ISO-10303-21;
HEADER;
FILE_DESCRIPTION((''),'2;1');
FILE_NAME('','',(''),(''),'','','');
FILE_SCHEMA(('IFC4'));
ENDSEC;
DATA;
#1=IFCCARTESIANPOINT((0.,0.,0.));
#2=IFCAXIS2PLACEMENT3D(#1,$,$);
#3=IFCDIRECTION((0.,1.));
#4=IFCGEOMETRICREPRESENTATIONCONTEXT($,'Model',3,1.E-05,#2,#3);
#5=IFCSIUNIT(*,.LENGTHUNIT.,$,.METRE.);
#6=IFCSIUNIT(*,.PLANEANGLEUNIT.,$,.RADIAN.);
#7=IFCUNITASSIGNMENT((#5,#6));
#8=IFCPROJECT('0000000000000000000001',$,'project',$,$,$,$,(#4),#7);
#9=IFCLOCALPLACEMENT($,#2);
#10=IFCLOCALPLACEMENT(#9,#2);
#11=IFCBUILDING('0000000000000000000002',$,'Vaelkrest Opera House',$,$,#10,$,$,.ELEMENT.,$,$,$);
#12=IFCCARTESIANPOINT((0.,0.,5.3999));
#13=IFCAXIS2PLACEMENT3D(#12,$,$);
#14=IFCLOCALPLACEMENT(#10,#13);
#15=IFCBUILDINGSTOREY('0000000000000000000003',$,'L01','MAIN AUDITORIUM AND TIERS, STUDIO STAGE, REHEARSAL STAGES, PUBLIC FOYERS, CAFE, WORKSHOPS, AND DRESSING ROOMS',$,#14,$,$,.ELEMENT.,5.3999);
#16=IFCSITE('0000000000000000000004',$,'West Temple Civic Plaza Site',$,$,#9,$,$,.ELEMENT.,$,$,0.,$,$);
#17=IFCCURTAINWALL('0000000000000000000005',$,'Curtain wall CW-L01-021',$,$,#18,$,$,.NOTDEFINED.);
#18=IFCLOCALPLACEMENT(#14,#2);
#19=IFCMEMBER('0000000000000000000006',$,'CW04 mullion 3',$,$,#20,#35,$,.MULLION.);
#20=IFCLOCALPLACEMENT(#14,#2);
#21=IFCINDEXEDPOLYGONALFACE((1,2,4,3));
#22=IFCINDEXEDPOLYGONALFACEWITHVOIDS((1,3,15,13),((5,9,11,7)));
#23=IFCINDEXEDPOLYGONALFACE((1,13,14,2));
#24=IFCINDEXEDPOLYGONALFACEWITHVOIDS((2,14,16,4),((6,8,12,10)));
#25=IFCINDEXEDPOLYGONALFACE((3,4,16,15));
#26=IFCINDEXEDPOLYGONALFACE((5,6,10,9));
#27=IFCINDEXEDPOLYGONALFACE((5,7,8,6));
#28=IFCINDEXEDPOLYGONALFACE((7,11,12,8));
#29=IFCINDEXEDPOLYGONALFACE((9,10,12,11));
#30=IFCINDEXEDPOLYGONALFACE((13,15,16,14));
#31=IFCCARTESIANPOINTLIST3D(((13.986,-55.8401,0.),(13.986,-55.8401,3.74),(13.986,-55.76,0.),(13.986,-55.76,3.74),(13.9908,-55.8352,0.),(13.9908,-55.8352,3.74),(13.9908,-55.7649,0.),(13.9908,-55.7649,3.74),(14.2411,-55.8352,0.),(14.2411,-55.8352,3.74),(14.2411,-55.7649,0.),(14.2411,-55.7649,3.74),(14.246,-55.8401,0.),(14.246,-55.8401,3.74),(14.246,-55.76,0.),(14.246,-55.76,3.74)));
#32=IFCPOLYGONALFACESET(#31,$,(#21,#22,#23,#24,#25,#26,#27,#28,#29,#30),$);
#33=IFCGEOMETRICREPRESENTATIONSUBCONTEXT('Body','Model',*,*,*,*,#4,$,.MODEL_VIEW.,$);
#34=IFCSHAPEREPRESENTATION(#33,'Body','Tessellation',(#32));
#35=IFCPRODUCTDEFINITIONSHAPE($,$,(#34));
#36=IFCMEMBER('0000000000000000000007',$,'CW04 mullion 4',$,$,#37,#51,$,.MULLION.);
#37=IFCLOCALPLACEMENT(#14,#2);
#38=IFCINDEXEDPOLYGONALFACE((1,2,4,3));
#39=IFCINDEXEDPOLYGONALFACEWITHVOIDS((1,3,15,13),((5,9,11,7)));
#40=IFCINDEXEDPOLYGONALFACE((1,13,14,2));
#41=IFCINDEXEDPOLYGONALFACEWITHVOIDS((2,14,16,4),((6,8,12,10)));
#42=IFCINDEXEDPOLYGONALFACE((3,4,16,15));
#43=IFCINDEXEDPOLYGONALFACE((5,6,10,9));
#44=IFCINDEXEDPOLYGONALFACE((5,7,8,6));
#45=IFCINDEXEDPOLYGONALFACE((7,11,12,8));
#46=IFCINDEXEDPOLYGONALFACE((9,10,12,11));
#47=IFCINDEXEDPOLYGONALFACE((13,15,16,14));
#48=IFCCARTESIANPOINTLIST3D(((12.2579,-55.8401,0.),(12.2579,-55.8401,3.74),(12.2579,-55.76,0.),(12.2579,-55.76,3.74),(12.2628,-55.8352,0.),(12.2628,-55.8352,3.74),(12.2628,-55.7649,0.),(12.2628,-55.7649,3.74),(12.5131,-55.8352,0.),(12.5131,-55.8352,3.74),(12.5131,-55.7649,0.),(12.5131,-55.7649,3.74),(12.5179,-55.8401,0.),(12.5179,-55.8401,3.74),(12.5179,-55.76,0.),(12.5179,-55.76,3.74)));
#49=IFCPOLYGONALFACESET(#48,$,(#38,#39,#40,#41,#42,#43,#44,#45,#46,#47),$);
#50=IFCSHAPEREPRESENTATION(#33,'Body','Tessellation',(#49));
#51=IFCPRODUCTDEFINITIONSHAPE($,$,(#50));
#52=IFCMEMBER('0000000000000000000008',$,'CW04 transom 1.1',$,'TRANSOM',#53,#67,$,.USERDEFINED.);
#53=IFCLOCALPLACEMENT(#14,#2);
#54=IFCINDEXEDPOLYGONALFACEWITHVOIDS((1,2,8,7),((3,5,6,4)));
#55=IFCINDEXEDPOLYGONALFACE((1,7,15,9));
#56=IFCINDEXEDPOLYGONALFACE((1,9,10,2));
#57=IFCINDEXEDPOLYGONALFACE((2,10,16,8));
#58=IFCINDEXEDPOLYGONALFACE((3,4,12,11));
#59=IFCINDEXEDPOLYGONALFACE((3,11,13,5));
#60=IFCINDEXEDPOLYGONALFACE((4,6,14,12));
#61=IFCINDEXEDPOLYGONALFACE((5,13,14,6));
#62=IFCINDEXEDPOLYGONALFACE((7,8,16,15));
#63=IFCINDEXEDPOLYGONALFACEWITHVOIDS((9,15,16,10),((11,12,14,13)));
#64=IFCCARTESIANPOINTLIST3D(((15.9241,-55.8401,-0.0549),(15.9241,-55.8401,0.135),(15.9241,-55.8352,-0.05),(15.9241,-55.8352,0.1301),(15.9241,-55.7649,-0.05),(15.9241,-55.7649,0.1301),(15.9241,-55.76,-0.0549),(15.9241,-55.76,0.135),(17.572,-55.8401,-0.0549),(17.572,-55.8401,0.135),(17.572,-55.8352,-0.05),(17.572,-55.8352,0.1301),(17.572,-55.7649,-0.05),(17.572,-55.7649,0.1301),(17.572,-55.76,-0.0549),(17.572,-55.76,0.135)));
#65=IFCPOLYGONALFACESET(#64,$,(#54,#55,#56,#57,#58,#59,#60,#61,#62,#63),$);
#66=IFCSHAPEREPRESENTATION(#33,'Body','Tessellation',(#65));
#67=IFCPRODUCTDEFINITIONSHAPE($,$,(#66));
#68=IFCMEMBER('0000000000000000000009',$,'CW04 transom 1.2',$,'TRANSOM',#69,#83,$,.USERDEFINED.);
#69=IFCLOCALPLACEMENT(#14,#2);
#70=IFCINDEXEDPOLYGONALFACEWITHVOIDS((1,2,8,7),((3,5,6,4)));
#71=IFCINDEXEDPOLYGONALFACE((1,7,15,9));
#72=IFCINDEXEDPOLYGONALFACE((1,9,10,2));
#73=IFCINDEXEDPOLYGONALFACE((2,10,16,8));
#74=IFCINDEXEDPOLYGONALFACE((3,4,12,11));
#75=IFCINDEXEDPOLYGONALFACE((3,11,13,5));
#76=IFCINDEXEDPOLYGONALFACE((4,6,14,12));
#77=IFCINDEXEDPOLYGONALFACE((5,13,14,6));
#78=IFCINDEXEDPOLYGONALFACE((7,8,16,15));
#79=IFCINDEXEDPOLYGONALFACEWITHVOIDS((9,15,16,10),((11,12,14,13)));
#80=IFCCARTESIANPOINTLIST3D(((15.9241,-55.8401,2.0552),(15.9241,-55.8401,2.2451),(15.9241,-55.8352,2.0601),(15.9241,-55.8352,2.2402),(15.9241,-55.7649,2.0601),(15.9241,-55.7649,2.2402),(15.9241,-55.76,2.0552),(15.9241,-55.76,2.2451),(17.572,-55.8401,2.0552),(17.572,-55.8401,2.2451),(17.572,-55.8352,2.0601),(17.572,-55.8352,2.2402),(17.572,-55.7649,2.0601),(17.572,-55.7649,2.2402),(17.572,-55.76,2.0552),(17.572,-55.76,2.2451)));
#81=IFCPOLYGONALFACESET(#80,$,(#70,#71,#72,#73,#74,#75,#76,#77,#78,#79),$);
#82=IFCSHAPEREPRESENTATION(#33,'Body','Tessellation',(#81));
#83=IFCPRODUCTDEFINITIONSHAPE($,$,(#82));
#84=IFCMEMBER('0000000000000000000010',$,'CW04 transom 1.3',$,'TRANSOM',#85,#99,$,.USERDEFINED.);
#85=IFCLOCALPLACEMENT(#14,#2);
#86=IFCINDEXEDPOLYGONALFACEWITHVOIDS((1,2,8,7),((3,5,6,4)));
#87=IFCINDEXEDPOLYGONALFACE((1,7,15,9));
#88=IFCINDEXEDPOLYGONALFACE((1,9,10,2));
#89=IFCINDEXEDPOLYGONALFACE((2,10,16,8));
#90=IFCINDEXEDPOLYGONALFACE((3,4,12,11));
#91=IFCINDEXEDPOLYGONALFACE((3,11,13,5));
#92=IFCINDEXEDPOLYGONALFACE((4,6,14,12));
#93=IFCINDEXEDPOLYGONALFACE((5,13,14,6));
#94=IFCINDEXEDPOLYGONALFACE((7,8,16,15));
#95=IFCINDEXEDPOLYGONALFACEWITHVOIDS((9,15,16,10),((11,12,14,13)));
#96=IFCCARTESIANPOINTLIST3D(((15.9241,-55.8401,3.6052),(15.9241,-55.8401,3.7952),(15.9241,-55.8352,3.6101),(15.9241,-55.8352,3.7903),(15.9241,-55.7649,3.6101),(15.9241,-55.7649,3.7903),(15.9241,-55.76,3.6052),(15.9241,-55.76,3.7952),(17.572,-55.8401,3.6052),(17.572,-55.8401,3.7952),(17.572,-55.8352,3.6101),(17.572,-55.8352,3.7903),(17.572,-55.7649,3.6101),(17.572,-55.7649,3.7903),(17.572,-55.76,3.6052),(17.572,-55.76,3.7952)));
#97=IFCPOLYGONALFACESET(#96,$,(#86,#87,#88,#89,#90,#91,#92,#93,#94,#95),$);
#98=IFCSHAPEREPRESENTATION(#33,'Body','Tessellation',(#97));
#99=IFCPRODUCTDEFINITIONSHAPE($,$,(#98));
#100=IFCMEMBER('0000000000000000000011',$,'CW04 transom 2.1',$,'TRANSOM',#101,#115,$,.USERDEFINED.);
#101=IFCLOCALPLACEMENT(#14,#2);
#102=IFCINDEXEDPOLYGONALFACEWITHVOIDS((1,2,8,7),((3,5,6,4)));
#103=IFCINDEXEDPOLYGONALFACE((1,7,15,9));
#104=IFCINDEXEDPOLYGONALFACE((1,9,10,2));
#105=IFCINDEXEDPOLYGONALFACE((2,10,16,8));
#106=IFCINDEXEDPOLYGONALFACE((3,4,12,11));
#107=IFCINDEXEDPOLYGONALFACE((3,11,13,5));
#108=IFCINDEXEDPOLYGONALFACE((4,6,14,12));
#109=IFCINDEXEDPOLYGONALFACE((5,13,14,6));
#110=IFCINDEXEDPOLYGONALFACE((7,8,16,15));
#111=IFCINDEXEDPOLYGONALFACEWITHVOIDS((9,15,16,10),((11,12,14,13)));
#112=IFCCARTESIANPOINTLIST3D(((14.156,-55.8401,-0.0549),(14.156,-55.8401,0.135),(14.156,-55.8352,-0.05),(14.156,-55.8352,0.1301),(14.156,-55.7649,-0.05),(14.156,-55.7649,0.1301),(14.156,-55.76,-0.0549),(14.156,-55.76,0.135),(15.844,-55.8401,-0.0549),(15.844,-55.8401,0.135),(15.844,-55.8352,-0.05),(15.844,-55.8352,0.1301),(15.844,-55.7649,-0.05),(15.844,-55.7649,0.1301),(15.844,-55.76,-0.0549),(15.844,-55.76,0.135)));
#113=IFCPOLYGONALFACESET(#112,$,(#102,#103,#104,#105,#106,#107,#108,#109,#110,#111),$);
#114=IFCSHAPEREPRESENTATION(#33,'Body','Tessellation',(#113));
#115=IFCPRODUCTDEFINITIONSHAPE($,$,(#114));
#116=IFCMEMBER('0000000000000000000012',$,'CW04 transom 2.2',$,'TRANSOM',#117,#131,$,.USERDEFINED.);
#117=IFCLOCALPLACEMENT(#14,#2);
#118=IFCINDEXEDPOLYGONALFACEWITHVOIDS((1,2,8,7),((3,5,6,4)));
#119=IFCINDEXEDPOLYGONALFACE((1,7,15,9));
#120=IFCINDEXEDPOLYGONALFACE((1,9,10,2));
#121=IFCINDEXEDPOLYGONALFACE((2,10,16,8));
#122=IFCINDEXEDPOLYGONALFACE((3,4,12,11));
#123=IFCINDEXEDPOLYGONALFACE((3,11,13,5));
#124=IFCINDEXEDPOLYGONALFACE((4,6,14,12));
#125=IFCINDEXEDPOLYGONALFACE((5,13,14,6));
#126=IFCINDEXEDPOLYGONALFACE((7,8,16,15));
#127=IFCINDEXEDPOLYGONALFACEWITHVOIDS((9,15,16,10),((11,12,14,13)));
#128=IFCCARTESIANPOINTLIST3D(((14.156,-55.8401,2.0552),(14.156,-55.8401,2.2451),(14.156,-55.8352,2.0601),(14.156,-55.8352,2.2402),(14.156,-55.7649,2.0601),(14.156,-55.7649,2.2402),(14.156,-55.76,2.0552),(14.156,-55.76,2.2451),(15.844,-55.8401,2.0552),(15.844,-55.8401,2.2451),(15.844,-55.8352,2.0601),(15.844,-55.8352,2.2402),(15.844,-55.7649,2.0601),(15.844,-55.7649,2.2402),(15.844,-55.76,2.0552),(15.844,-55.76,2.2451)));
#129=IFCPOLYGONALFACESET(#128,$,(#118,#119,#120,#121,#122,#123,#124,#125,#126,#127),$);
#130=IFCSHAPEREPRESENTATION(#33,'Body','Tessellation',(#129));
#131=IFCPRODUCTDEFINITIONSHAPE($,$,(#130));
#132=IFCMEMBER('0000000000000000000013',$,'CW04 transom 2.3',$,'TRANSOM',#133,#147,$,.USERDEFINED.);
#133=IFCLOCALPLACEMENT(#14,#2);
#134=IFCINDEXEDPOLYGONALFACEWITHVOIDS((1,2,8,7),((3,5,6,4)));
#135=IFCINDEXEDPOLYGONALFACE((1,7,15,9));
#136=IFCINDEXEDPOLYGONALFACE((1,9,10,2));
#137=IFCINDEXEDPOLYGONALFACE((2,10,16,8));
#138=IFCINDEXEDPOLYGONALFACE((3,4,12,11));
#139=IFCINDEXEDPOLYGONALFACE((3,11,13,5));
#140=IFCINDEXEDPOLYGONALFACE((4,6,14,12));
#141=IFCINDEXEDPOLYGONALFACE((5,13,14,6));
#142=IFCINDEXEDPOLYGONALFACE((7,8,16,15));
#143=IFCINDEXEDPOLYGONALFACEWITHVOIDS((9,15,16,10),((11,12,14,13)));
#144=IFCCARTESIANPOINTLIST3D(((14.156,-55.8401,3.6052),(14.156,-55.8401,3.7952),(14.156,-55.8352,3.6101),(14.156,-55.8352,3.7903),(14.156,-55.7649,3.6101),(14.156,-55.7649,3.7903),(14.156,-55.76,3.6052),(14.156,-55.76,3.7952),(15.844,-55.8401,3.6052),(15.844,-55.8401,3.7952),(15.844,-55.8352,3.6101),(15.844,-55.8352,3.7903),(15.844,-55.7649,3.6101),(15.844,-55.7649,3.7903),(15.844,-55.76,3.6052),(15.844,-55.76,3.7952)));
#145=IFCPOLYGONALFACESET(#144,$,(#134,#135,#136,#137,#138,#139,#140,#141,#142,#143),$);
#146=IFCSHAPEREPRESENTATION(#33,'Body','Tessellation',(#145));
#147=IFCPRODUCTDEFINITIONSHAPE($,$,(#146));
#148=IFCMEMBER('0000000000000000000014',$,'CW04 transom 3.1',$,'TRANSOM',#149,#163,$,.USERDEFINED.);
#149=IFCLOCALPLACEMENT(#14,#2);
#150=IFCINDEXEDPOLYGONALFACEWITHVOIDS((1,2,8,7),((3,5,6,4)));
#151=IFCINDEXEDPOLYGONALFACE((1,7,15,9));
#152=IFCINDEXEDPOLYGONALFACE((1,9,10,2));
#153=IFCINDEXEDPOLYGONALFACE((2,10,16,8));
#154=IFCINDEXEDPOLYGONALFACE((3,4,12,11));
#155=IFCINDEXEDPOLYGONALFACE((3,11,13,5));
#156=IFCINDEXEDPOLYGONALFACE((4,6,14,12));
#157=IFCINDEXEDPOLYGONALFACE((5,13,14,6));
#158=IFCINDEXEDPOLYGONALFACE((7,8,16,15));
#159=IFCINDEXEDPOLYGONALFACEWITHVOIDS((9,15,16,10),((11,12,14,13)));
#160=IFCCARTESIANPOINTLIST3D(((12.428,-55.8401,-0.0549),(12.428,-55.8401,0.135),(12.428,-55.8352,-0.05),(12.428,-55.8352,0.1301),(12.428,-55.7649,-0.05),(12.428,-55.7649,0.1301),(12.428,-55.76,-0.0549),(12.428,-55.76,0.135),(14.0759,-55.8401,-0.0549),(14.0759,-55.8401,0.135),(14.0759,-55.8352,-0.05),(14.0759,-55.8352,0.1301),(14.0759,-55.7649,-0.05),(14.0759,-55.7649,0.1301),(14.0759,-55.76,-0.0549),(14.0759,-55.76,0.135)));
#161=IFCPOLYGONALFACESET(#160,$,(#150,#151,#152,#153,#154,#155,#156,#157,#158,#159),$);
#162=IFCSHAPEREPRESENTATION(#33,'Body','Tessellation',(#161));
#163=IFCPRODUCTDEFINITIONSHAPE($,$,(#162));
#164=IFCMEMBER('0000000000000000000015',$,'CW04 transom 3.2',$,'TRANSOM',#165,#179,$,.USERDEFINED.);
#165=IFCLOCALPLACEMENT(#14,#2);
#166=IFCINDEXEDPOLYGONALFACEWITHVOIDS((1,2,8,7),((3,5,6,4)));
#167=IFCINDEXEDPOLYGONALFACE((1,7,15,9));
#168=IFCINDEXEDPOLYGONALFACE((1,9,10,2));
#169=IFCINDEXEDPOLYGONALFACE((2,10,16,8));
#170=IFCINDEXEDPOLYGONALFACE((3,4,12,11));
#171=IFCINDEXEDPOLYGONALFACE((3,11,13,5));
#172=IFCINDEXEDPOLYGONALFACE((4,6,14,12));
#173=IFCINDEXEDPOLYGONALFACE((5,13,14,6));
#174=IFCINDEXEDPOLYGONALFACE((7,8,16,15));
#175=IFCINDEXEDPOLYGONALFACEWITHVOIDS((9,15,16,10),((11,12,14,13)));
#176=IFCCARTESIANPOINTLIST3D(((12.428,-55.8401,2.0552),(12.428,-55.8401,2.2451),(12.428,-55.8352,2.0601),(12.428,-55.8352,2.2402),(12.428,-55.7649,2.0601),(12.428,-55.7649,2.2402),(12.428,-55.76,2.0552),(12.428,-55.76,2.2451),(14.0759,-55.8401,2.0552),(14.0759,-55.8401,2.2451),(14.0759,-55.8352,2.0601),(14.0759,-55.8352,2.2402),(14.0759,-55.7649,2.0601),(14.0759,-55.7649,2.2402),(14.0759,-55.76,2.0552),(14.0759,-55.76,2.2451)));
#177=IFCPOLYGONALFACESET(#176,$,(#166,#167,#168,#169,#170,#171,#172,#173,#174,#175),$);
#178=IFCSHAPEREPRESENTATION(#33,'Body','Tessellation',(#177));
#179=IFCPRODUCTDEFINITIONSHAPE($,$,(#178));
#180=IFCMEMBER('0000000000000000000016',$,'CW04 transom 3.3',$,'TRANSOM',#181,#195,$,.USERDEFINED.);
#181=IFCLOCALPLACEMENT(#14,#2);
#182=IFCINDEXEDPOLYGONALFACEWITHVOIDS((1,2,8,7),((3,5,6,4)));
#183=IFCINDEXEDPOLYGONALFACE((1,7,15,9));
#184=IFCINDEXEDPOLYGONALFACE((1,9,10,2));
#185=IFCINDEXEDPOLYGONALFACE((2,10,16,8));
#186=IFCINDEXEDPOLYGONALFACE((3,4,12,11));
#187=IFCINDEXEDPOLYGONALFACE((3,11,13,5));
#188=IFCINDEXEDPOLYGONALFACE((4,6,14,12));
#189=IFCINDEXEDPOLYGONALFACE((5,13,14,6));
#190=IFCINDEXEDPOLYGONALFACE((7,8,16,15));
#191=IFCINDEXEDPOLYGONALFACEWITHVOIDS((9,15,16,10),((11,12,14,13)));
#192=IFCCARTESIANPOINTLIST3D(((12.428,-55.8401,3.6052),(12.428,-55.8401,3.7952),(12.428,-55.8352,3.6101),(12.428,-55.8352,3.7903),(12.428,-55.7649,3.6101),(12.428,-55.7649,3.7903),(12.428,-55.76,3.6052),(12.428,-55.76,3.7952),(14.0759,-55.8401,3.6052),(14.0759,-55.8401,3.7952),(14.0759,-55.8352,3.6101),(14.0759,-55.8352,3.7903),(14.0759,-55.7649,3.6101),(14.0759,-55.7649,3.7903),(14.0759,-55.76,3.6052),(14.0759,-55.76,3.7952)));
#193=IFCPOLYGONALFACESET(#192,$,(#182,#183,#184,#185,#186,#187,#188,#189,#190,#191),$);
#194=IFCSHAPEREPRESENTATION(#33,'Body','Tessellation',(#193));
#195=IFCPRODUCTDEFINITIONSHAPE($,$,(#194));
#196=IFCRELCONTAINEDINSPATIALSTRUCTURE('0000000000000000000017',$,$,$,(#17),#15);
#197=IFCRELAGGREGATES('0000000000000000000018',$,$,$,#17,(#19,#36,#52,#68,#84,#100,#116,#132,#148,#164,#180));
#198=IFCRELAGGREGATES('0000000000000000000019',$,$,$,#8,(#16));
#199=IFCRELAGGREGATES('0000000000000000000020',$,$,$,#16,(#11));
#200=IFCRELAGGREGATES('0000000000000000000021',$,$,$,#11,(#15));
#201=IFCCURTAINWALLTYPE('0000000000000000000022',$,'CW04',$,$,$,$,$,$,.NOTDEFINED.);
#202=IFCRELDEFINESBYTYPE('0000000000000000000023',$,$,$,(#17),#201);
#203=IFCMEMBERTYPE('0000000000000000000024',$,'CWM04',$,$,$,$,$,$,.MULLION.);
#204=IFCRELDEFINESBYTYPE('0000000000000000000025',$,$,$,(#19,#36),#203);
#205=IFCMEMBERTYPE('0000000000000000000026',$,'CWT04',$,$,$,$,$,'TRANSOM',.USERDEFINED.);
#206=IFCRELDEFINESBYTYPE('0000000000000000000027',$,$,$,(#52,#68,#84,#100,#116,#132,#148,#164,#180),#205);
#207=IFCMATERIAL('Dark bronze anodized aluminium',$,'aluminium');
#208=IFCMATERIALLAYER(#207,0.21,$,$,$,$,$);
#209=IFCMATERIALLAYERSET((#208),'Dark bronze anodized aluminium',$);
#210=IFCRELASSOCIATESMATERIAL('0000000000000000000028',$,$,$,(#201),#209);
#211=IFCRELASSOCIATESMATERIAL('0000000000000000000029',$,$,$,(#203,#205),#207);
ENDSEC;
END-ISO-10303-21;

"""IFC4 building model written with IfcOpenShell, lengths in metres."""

from ifc_helpers import new_model, si_unit, direction, frame, origin, origin_2d, place, context, subcontext, project, spatial, hollow_rectangle, extrude, material, layer, layer_set, material_profile, profile_set, type_object, element, aggregate, save


model = new_model("IFC4")

# Units and contexts
model_context = context("Model", 3, precision=1e-05, world=origin(), true_north=direction((0.0, 1.0)))
body_context = subcontext(model_context, "Body", "Model", "MODEL_VIEW")
ifc_project = project(units=[si_unit("LENGTHUNIT", "METRE"), si_unit("PLANEANGLEUNIT", "RADIAN")], contexts=[model_context])

# Site, building, storey
site_placement = place(None, origin())
site = spatial("IfcSite", under=ifc_project, at=site_placement, Name="West Temple Civic Plaza Site", CompositionType="ELEMENT", RefElevation=0.0)
building_placement = place(site_placement, origin())
building = spatial("IfcBuilding", under=site, at=building_placement, Name="Vaelkrest Opera House", CompositionType="ELEMENT")
storey_placement = place(building_placement, frame((0.0, 0.0, 5.3999)))
storey = spatial("IfcBuildingStorey", under=building, at=storey_placement, Name="L01", Description="MAIN AUDITORIUM AND TIERS, STUDIO STAGE, REHEARSAL STAGES, PUBLIC FOYERS, CAFE, WORKSHOPS, AND DRESSING ROOMS", CompositionType="ELEMENT", Elevation=5.3999)

# Shared definitions
ifc_material_1 = material(Name="Dark bronze anodized aluminium", Category="aluminium")

# Curtain wall, members
ifc_layer_1 = layer(ifc_material_1, 0.21)
ifc_layer_set_1 = layer_set([ifc_layer_1], Name="Dark bronze anodized aluminium")
curtain_wall_type_1 = type_object("IfcCurtainWallType", Name="CW04", PredefinedType="NOTDEFINED", material=ifc_layer_set_1)
curtain_wall_1_placement = place(storey_placement, origin())
curtain_wall_1 = element("IfcCurtainWall", 1, at=curtain_wall_1_placement, inside=storey, type_object=curtain_wall_type_1, Name="Curtain wall CW-L01-021", PredefinedType="NOTDEFINED")
ifc_material_profile_1 = material_profile(ifc_material_1, hollow_rectangle(XDim=0.0801, YDim=0.26, WallThickness=0.0049, at=origin_2d()), Name="CWM80X260")
ifc_profile_set_1 = profile_set([ifc_material_profile_1], Name="Dark bronze anodized aluminium")
member_type_1 = type_object("IfcMemberType", Name="CWM04", PredefinedType="MULLION", material=ifc_profile_set_1)
member_1_placement = place(storey_placement, frame((14.116, -55.8, 0.0), z_axis=(0.0, 0.0, 1.0), x_axis=(0.0, -1.0, 0.0)))
member_1 = element("IfcMember", 2, at=member_1_placement, type_object=member_type_1, Name="CW04 mullion 3", PredefinedType="MULLION", context=body_context, shape_type="SweptSolid", body=[
    extrude(hollow_rectangle(XDim=0.0801, YDim=0.26, WallThickness=0.0049, at=origin_2d()), origin(), (0.0, 0.0, 1.0), 3.74),
])
member_2_placement = place(storey_placement, frame((12.3879, -55.8, 0.0), z_axis=(0.0, 0.0, 1.0), x_axis=(0.0, -1.0, 0.0)))
member_2 = element("IfcMember", 3, at=member_2_placement, type_object=member_type_1, Name="CW04 mullion 4", PredefinedType="MULLION", context=body_context, shape_type="SweptSolid", body=[
    extrude(hollow_rectangle(XDim=0.0801, YDim=0.26, WallThickness=0.0049, at=origin_2d()), origin(), (0.0, 0.0, 1.0), 3.74),
])
ifc_material_profile_2 = material_profile(ifc_material_1, hollow_rectangle(XDim=0.0801, YDim=0.1899, WallThickness=0.0049, at=origin_2d()), Name="CWT80X190")
ifc_profile_set_2 = profile_set([ifc_material_profile_2], Name="Dark bronze anodized aluminium")
member_type_2 = type_object("IfcMemberType", Name="CWT04", ElementType="TRANSOM", PredefinedType="USERDEFINED", material=ifc_profile_set_2)
member_3_placement = place(storey_placement, frame((17.572, -55.8, 0.04), z_axis=(-1.0, 0.0, 0.0), x_axis=(0.0, -1.0, 0.0)))
member_3 = element("IfcMember", 4, at=member_3_placement, type_object=member_type_2, Name="CW04 transom 1.1", ObjectType="TRANSOM", PredefinedType="USERDEFINED", context=body_context, shape_type="SweptSolid", body=[
    extrude(hollow_rectangle(XDim=0.0801, YDim=0.1899, WallThickness=0.0049, at=origin_2d()), origin(), (0.0, 0.0, 1.0), 1.6479),
])
member_4_placement = place(storey_placement, frame((17.572, -55.8, 2.1501), z_axis=(-1.0, 0.0, 0.0), x_axis=(0.0, -1.0, 0.0)))
member_4 = element("IfcMember", 5, at=member_4_placement, type_object=member_type_2, Name="CW04 transom 1.2", ObjectType="TRANSOM", PredefinedType="USERDEFINED", context=body_context, shape_type="SweptSolid", body=[
    extrude(hollow_rectangle(XDim=0.0801, YDim=0.1899, WallThickness=0.0049, at=origin_2d()), origin(), (0.0, 0.0, 1.0), 1.6479),
])
member_5_placement = place(storey_placement, frame((17.572, -55.8, 3.7002), z_axis=(-1.0, 0.0, 0.0), x_axis=(0.0, -1.0, 0.0)))
member_5 = element("IfcMember", 6, at=member_5_placement, type_object=member_type_2, Name="CW04 transom 1.3", ObjectType="TRANSOM", PredefinedType="USERDEFINED", context=body_context, shape_type="SweptSolid", body=[
    extrude(hollow_rectangle(XDim=0.0801, YDim=0.1899, WallThickness=0.0049, at=origin_2d()), origin(), (0.0, 0.0, 1.0), 1.6479),
])
member_6_placement = place(storey_placement, frame((15.844, -55.8, 0.04), z_axis=(-1.0, 0.0, 0.0), x_axis=(0.0, -1.0, 0.0)))
member_6 = element("IfcMember", 7, at=member_6_placement, type_object=member_type_2, Name="CW04 transom 2.1", ObjectType="TRANSOM", PredefinedType="USERDEFINED", context=body_context, shape_type="SweptSolid", body=[
    extrude(hollow_rectangle(XDim=0.0801, YDim=0.1899, WallThickness=0.0049, at=origin_2d()), origin(), (0.0, 0.0, 1.0), 1.688),
])
member_7_placement = place(storey_placement, frame((15.844, -55.8, 2.1501), z_axis=(-1.0, 0.0, 0.0), x_axis=(0.0, -1.0, 0.0)))
member_7 = element("IfcMember", 8, at=member_7_placement, type_object=member_type_2, Name="CW04 transom 2.2", ObjectType="TRANSOM", PredefinedType="USERDEFINED", context=body_context, shape_type="SweptSolid", body=[
    extrude(hollow_rectangle(XDim=0.0801, YDim=0.1899, WallThickness=0.0049, at=origin_2d()), origin(), (0.0, 0.0, 1.0), 1.688),
])
member_8_placement = place(storey_placement, frame((15.844, -55.8, 3.7002), z_axis=(-1.0, 0.0, 0.0), x_axis=(0.0, -1.0, 0.0)))
member_8 = element("IfcMember", 9, at=member_8_placement, type_object=member_type_2, Name="CW04 transom 2.3", ObjectType="TRANSOM", PredefinedType="USERDEFINED", context=body_context, shape_type="SweptSolid", body=[
    extrude(hollow_rectangle(XDim=0.0801, YDim=0.1899, WallThickness=0.0049, at=origin_2d()), origin(), (0.0, 0.0, 1.0), 1.688),
])
member_9_placement = place(storey_placement, frame((14.0759, -55.8, 0.04), z_axis=(-1.0, 0.0, 0.0), x_axis=(0.0, -1.0, 0.0)))
member_9 = element("IfcMember", 10, at=member_9_placement, type_object=member_type_2, Name="CW04 transom 3.1", ObjectType="TRANSOM", PredefinedType="USERDEFINED", context=body_context, shape_type="SweptSolid", body=[
    extrude(hollow_rectangle(XDim=0.0801, YDim=0.1899, WallThickness=0.0049, at=origin_2d()), origin(), (0.0, 0.0, 1.0), 1.6479),
])
member_10_placement = place(storey_placement, frame((14.0759, -55.8, 2.1501), z_axis=(-1.0, 0.0, 0.0), x_axis=(0.0, -1.0, 0.0)))
member_10 = element("IfcMember", 11, at=member_10_placement, type_object=member_type_2, Name="CW04 transom 3.2", ObjectType="TRANSOM", PredefinedType="USERDEFINED", context=body_context, shape_type="SweptSolid", body=[
    extrude(hollow_rectangle(XDim=0.0801, YDim=0.1899, WallThickness=0.0049, at=origin_2d()), origin(), (0.0, 0.0, 1.0), 1.6479),
])
member_11_placement = place(storey_placement, frame((14.0759, -55.8, 3.7002), z_axis=(-1.0, 0.0, 0.0), x_axis=(0.0, -1.0, 0.0)))
member_11 = element("IfcMember", 12, at=member_11_placement, type_object=member_type_2, Name="CW04 transom 3.3", ObjectType="TRANSOM", PredefinedType="USERDEFINED", context=body_context, shape_type="SweptSolid", body=[
    extrude(hollow_rectangle(XDim=0.0801, YDim=0.1899, WallThickness=0.0049, at=origin_2d()), origin(), (0.0, 0.0, 1.0), 1.6479),
])

aggregate(curtain_wall_1, [member_1, member_2, member_3, member_4, member_5, member_6, member_7, member_8, member_9, member_10, member_11])

save(model, "model.ifc")
